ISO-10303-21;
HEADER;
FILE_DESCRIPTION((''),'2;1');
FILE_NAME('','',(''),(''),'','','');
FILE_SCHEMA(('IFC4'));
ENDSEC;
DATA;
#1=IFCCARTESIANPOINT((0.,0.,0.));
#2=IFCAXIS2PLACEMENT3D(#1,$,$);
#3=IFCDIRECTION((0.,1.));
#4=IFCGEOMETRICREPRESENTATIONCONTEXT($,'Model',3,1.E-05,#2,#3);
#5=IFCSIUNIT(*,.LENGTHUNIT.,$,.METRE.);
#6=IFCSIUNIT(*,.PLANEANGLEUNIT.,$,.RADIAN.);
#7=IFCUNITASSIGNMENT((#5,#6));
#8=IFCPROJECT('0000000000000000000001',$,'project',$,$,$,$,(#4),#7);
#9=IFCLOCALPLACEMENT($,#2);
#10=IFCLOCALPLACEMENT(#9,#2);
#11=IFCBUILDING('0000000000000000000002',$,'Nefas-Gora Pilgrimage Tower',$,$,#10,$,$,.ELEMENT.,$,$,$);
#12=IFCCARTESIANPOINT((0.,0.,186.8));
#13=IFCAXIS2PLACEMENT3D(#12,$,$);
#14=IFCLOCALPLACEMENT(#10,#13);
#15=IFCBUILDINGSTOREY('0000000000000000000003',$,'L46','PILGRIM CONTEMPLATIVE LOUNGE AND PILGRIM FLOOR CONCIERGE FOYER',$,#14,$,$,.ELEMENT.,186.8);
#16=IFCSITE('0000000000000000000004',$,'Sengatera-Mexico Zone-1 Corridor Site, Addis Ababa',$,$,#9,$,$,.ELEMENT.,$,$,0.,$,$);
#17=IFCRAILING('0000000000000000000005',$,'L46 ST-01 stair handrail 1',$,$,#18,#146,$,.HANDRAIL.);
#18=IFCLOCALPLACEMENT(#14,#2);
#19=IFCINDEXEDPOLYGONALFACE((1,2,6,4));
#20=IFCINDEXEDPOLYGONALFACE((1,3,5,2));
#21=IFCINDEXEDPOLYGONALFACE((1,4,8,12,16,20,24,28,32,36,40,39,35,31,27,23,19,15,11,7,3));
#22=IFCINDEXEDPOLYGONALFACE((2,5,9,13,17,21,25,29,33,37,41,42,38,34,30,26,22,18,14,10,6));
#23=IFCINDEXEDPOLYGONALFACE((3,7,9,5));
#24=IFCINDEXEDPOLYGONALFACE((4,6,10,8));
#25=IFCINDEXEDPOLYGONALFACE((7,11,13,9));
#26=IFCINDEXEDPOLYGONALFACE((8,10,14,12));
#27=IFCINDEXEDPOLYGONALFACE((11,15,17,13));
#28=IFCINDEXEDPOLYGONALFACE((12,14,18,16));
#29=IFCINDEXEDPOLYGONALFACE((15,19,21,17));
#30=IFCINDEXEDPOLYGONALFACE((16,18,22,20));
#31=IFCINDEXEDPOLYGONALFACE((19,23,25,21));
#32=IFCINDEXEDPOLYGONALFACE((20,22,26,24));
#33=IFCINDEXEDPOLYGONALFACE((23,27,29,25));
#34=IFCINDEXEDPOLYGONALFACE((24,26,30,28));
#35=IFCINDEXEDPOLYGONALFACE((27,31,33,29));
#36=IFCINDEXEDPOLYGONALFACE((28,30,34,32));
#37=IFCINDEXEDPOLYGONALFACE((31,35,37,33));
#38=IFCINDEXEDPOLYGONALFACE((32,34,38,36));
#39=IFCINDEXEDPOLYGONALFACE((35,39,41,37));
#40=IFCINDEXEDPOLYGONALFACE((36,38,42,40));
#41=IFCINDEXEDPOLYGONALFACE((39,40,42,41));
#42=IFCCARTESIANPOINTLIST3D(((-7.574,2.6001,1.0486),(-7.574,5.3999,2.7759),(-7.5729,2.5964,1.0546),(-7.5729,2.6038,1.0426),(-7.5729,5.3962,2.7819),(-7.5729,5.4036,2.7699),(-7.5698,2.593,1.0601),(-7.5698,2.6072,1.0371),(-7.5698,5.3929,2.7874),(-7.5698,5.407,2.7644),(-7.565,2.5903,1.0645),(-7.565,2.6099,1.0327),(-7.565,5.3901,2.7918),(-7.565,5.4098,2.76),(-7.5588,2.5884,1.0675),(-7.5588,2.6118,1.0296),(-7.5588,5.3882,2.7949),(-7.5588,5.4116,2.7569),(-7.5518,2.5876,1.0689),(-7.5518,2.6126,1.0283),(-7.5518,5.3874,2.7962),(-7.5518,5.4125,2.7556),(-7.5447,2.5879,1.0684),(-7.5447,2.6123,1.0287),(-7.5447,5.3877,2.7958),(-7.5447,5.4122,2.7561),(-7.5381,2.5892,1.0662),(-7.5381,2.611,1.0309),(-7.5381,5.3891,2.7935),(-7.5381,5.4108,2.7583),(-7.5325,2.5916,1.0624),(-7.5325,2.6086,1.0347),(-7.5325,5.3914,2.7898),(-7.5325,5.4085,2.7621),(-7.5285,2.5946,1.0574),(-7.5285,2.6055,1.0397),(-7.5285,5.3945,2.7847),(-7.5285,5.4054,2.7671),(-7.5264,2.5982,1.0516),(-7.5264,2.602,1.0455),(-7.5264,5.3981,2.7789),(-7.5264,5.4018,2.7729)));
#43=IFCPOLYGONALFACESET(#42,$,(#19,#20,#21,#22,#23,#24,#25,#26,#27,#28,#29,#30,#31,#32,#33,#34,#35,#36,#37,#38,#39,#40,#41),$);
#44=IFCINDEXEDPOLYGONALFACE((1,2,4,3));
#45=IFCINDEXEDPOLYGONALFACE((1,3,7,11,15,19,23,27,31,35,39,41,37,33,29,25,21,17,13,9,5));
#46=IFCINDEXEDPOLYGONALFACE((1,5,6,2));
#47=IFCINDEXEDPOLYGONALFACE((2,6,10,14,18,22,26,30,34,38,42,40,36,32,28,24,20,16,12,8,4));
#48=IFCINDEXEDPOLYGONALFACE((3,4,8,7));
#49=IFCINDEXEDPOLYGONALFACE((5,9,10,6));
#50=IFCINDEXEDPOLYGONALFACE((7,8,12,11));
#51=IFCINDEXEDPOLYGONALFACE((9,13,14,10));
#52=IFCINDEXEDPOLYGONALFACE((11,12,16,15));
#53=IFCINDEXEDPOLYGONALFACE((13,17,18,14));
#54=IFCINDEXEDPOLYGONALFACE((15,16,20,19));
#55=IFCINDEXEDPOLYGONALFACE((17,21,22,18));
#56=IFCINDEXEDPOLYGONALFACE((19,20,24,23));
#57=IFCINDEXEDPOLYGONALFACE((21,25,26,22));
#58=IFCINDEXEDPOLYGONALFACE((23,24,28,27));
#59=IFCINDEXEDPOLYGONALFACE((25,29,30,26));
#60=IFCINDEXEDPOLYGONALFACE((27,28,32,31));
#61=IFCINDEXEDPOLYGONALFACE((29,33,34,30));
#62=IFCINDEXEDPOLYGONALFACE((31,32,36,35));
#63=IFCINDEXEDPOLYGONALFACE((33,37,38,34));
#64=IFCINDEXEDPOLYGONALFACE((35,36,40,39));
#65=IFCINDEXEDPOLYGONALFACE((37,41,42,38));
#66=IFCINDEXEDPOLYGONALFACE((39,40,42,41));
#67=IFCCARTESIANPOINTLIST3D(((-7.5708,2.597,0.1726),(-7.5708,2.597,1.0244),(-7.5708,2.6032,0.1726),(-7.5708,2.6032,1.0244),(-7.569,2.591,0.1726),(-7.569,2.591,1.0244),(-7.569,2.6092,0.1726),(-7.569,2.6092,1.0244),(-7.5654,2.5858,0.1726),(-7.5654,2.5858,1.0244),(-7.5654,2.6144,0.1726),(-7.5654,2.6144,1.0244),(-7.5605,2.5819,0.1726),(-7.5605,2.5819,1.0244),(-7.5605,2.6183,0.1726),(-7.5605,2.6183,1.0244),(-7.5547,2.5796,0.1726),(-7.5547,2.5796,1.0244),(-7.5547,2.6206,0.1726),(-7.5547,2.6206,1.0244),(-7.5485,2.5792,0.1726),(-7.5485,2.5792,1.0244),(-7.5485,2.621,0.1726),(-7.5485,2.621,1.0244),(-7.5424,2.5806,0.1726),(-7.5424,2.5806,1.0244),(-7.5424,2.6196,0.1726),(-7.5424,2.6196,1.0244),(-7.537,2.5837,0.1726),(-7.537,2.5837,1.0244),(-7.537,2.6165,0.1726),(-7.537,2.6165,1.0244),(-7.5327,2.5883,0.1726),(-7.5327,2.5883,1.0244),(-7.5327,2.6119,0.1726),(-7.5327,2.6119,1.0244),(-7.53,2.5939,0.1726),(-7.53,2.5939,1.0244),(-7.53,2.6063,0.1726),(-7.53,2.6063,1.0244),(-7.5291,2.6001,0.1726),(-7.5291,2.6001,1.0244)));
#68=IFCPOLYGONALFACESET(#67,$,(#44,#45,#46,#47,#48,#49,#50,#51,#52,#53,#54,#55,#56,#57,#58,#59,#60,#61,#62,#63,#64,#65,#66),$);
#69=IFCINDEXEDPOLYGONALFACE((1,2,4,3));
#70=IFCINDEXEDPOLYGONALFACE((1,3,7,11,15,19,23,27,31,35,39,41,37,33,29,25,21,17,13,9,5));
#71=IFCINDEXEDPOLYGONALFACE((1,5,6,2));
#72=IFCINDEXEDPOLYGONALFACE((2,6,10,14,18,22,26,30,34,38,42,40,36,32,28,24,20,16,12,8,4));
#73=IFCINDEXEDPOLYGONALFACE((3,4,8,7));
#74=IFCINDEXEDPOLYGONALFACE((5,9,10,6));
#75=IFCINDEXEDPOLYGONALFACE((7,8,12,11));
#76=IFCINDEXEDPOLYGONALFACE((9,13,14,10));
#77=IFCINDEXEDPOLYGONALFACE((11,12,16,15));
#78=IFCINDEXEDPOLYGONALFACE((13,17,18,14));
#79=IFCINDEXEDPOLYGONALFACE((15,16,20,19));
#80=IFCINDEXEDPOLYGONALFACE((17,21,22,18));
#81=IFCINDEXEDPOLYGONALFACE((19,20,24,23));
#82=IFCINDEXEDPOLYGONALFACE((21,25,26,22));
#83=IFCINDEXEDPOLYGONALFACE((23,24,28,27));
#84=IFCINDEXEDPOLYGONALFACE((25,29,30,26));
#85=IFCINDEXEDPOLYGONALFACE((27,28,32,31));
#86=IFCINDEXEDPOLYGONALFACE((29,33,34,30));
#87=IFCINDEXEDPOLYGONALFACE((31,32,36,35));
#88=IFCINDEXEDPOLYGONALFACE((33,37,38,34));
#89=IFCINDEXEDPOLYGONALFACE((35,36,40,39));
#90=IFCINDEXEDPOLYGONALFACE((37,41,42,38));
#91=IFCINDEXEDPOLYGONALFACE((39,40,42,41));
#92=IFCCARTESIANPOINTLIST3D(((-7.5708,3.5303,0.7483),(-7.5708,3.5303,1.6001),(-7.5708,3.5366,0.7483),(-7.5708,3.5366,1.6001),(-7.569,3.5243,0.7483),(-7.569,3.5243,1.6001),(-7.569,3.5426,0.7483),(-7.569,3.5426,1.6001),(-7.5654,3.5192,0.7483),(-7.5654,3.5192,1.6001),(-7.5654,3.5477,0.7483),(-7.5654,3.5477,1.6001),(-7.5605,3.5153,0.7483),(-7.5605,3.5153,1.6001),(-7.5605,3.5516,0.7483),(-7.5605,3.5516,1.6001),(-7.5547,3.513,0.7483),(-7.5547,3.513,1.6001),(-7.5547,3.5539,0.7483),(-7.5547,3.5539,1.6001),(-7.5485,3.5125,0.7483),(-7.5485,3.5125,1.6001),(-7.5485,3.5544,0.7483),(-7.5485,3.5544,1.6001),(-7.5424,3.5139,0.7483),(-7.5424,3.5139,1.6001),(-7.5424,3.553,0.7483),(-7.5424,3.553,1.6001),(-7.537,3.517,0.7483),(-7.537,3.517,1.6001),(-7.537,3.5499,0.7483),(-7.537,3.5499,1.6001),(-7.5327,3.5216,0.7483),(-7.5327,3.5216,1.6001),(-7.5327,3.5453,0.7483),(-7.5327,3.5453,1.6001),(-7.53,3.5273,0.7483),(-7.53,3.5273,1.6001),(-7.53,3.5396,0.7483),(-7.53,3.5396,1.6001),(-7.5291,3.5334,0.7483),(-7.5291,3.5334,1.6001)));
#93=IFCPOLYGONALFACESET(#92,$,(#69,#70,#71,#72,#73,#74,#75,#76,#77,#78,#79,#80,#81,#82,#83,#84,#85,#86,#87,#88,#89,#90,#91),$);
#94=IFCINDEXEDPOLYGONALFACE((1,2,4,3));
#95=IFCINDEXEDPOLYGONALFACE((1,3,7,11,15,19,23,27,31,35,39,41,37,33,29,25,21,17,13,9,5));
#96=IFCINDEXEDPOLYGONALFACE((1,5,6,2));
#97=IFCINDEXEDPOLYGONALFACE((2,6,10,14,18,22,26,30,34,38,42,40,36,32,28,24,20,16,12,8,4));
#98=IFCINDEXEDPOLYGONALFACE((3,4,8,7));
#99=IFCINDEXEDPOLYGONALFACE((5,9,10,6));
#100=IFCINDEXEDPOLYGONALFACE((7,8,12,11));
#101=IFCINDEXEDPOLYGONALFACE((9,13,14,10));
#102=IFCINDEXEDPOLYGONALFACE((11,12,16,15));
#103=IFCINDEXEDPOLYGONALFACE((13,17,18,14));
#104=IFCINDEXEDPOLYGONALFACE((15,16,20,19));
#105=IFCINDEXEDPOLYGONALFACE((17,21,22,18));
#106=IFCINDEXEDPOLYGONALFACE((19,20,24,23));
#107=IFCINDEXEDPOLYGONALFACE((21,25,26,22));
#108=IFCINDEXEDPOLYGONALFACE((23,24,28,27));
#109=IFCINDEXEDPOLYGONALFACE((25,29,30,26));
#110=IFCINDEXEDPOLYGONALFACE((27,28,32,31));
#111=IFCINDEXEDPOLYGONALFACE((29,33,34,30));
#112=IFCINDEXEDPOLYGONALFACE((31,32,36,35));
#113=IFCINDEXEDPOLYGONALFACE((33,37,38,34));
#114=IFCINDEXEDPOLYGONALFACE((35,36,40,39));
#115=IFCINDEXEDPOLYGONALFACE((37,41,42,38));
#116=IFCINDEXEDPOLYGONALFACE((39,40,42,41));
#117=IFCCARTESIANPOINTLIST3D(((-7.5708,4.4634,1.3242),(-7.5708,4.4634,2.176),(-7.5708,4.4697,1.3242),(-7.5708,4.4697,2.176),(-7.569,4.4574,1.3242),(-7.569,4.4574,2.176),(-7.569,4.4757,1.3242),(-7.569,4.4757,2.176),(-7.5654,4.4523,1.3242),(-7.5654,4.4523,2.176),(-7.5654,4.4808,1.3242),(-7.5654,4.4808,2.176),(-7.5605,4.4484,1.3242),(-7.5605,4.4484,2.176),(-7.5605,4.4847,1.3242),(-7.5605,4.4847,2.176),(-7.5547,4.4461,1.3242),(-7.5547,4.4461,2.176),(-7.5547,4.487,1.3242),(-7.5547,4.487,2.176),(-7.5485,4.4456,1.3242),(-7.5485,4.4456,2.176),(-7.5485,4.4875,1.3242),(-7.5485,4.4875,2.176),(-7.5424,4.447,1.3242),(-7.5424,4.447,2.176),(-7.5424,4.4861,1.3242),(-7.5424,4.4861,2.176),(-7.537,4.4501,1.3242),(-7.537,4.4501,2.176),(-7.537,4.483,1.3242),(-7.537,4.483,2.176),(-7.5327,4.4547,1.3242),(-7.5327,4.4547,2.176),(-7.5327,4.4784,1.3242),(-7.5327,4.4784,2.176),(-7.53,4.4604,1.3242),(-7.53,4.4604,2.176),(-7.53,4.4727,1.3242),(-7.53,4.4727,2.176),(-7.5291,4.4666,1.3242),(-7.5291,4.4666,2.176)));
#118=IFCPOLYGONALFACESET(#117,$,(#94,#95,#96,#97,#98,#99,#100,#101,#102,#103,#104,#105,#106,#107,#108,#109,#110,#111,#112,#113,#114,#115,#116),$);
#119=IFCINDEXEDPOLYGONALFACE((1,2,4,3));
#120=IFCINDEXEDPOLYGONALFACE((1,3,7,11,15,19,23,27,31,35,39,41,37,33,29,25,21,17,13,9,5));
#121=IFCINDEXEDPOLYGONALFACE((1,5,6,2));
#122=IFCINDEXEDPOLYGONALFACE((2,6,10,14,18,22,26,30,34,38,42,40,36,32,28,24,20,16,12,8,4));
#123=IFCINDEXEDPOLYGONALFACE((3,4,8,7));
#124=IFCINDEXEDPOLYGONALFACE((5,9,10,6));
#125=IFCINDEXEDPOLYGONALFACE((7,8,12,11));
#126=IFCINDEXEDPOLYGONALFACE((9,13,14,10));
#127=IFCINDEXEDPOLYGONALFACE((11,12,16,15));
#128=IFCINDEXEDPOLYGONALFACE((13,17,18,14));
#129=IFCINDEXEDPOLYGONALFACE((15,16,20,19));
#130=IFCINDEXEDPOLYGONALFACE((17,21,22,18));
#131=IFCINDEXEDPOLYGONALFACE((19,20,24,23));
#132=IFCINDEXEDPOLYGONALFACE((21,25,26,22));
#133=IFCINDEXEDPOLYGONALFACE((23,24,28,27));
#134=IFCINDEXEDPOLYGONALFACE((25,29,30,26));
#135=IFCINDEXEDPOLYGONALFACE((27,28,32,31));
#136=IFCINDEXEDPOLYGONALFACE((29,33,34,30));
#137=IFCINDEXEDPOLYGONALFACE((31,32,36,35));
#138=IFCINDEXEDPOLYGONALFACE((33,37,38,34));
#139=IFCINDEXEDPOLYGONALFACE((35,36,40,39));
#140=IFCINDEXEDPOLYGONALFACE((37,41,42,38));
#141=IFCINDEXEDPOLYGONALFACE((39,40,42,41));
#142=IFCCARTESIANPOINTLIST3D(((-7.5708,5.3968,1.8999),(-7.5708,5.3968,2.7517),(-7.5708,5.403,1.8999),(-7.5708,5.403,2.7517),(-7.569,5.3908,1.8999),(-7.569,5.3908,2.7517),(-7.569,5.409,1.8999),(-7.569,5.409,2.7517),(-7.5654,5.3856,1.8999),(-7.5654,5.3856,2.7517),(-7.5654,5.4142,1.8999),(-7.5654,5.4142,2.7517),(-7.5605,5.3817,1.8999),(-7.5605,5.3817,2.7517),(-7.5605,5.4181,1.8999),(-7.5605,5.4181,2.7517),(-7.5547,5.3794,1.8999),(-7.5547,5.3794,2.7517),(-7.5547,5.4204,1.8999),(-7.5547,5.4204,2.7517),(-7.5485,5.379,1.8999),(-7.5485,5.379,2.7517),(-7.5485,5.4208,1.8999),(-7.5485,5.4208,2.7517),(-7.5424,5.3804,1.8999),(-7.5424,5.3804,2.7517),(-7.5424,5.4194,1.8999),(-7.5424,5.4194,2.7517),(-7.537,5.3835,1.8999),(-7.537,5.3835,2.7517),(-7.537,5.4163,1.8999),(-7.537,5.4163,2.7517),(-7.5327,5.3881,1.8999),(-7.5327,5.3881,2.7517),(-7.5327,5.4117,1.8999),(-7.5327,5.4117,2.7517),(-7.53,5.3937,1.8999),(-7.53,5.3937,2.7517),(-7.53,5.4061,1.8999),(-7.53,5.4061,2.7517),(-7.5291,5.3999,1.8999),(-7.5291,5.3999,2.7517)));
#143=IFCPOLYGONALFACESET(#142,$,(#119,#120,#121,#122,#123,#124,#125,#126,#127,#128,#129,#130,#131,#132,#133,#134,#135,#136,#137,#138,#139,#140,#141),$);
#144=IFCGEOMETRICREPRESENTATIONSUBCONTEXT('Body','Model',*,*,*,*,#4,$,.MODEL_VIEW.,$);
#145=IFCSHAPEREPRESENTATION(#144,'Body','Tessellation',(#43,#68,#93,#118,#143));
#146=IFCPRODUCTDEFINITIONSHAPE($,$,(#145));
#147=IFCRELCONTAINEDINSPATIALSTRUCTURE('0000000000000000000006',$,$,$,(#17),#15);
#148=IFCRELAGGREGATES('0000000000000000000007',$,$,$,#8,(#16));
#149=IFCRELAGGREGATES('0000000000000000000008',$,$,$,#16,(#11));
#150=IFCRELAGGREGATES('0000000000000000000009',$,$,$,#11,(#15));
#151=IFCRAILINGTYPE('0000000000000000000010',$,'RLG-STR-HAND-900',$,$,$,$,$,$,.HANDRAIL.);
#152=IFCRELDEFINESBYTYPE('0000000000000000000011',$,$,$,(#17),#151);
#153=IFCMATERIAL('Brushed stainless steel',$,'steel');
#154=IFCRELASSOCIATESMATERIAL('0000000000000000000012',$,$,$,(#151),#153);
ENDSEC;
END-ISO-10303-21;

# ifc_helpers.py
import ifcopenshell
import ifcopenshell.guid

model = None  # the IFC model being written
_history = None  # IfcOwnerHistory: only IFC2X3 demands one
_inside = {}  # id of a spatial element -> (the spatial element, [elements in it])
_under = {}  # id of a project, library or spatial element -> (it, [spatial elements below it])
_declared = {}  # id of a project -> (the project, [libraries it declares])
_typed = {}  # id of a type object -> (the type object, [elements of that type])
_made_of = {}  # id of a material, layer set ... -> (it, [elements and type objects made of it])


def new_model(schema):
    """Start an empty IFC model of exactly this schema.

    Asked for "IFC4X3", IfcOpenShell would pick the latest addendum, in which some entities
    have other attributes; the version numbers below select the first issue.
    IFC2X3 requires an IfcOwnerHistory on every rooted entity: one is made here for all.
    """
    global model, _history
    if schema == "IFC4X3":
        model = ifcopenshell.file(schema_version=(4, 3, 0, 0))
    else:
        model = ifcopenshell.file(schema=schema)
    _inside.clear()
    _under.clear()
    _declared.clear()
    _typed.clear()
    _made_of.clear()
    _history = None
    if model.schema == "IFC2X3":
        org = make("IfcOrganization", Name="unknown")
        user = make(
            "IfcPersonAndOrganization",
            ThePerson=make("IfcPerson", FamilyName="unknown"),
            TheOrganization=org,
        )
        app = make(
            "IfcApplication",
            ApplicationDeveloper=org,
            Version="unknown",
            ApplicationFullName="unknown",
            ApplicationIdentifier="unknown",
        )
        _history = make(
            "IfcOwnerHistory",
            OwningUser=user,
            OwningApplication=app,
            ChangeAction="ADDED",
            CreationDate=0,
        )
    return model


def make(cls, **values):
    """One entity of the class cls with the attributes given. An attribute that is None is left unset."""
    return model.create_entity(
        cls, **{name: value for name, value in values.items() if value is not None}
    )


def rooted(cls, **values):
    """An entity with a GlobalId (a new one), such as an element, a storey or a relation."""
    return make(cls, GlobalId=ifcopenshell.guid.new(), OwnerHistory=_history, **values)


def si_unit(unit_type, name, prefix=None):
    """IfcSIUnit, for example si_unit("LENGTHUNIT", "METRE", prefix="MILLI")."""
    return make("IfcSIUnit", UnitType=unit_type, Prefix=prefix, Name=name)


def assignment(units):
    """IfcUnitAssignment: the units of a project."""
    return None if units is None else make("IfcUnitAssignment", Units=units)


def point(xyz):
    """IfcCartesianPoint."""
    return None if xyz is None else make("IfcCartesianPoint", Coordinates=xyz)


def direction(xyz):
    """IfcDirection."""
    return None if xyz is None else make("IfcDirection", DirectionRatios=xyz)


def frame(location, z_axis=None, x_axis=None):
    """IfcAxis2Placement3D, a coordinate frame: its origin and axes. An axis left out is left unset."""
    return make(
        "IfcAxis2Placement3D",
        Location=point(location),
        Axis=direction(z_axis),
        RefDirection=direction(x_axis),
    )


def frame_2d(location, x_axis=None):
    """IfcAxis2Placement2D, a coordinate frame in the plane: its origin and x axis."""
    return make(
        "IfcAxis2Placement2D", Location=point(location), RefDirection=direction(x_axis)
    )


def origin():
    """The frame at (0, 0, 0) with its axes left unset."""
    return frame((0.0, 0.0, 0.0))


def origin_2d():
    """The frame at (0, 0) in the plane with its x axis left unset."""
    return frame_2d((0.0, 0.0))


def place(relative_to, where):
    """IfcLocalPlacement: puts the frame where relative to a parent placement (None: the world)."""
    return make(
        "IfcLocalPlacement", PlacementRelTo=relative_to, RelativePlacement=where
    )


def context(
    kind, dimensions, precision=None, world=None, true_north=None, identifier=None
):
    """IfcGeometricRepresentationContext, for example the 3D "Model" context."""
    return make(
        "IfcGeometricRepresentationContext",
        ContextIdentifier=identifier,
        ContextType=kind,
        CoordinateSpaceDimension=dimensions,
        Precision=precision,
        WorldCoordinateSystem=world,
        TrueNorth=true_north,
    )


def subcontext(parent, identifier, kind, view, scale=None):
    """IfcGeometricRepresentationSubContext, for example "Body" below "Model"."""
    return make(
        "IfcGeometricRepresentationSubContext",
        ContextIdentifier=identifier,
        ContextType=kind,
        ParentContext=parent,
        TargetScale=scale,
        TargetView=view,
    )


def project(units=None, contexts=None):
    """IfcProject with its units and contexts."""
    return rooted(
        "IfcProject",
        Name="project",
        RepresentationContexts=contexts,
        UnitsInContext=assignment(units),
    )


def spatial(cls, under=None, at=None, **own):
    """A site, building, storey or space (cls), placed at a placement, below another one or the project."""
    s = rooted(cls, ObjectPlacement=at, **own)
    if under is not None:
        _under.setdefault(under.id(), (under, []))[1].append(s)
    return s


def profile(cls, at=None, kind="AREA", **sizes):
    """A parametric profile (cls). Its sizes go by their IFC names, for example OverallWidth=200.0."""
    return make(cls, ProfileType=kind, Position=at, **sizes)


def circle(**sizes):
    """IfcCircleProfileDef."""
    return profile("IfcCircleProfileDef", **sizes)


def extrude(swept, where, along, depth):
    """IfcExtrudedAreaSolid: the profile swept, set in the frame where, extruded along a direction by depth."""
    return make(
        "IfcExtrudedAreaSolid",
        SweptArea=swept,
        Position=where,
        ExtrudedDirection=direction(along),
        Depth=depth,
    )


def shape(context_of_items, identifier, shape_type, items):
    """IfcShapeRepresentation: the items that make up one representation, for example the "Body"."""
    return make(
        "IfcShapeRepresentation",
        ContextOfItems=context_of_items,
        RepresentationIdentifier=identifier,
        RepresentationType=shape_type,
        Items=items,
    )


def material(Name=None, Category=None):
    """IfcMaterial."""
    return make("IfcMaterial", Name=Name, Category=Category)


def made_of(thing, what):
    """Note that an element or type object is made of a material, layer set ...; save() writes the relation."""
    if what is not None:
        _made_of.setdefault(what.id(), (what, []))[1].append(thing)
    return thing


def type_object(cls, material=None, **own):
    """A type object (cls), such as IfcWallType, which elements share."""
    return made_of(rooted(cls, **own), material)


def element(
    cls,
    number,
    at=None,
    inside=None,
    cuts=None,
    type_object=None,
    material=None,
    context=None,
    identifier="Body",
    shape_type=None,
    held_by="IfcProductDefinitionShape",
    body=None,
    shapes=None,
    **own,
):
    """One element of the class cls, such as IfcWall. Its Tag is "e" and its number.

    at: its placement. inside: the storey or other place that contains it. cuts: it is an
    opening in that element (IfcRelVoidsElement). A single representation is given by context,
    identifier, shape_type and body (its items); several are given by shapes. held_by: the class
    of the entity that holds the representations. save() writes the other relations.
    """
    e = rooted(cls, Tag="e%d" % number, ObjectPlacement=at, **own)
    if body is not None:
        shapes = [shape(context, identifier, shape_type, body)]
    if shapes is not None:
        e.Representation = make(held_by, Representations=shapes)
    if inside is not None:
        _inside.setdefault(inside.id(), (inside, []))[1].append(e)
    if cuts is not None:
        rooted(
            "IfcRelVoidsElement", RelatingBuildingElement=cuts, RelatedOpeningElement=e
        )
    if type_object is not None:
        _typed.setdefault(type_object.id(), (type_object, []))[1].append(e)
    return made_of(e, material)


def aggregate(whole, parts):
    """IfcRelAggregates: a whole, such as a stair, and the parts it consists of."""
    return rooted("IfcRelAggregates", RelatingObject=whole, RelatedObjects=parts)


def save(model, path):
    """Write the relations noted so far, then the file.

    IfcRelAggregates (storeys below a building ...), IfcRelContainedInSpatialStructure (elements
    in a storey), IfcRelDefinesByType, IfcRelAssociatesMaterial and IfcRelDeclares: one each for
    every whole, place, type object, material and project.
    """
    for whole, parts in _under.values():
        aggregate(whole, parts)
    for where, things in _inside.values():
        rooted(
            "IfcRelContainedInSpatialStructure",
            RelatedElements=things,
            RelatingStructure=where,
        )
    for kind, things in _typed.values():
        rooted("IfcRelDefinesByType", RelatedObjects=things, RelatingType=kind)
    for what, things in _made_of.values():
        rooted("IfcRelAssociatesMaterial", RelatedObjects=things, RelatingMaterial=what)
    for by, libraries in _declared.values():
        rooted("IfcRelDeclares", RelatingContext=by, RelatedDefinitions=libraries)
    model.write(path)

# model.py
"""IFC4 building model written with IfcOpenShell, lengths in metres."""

from ifc_helpers import new_model, si_unit, direction, frame, origin, origin_2d, place, context, subcontext, project, spatial, circle, extrude, material, type_object, element, save


model = new_model("IFC4")

# Units and contexts
model_context = context("Model", 3, precision=1e-05, world=origin(), true_north=direction((0.0, 1.0)))
body_context = subcontext(model_context, "Body", "Model", "MODEL_VIEW")
ifc_project = project(units=[si_unit("LENGTHUNIT", "METRE"), si_unit("PLANEANGLEUNIT", "RADIAN")], contexts=[model_context])

# Site, building, storey
site_placement = place(None, origin())
site = spatial("IfcSite", under=ifc_project, at=site_placement, Name="Sengatera-Mexico Zone-1 Corridor Site, Addis Ababa", CompositionType="ELEMENT", RefElevation=0.0)
building_placement = place(site_placement, origin())
building = spatial("IfcBuilding", under=site, at=building_placement, Name="Nefas-Gora Pilgrimage Tower", CompositionType="ELEMENT")
storey_placement = place(building_placement, frame((0.0, 0.0, 186.8)))
storey = spatial("IfcBuildingStorey", under=building, at=storey_placement, Name="L46", Description="PILGRIM CONTEMPLATIVE LOUNGE AND PILGRIM FLOOR CONCIERGE FOYER", CompositionType="ELEMENT", Elevation=186.8)

# Railing
ifc_material_1 = material(Name="Brushed stainless steel", Category="steel")
railing_type_1 = type_object("IfcRailingType", Name="RLG-STR-HAND-900", PredefinedType="HANDRAIL", material=ifc_material_1)
railing_1_placement = place(storey_placement, frame((-7.55, 2.6001, 0.1726)))
element("IfcRailing", 1, at=railing_1_placement, inside=storey, type_object=railing_type_1, Name="L46 ST-01 stair handrail 1", PredefinedType="HANDRAIL", context=body_context, shape_type="SweptSolid", body=[
    extrude(circle(Radius=0.0239, at=origin_2d()), frame((0.0, 0.0, 0.876), z_axis=(0.0, 0.851069, 0.525054), x_axis=(-1.0, 0.0, 0.0)), (0.0, 0.0, 1.0), 3.2898),
    extrude(circle(Radius=0.021, at=origin_2d()), origin(), (0.0, 0.0, 1.0), 0.8518),
    extrude(circle(Radius=0.021, at=origin_2d()), frame((0.0, 0.9333, 0.5757)), (0.0, 0.0, 1.0), 0.8518),
    extrude(circle(Radius=0.021, at=origin_2d()), frame((0.0, 1.8665, 1.1516)), (0.0, 0.0, 1.0), 0.8518),
    extrude(circle(Radius=0.021, at=origin_2d()), frame((0.0, 2.7998, 1.7273)), (0.0, 0.0, 1.0), 0.8518),
])

save(model, "model.ifc")
